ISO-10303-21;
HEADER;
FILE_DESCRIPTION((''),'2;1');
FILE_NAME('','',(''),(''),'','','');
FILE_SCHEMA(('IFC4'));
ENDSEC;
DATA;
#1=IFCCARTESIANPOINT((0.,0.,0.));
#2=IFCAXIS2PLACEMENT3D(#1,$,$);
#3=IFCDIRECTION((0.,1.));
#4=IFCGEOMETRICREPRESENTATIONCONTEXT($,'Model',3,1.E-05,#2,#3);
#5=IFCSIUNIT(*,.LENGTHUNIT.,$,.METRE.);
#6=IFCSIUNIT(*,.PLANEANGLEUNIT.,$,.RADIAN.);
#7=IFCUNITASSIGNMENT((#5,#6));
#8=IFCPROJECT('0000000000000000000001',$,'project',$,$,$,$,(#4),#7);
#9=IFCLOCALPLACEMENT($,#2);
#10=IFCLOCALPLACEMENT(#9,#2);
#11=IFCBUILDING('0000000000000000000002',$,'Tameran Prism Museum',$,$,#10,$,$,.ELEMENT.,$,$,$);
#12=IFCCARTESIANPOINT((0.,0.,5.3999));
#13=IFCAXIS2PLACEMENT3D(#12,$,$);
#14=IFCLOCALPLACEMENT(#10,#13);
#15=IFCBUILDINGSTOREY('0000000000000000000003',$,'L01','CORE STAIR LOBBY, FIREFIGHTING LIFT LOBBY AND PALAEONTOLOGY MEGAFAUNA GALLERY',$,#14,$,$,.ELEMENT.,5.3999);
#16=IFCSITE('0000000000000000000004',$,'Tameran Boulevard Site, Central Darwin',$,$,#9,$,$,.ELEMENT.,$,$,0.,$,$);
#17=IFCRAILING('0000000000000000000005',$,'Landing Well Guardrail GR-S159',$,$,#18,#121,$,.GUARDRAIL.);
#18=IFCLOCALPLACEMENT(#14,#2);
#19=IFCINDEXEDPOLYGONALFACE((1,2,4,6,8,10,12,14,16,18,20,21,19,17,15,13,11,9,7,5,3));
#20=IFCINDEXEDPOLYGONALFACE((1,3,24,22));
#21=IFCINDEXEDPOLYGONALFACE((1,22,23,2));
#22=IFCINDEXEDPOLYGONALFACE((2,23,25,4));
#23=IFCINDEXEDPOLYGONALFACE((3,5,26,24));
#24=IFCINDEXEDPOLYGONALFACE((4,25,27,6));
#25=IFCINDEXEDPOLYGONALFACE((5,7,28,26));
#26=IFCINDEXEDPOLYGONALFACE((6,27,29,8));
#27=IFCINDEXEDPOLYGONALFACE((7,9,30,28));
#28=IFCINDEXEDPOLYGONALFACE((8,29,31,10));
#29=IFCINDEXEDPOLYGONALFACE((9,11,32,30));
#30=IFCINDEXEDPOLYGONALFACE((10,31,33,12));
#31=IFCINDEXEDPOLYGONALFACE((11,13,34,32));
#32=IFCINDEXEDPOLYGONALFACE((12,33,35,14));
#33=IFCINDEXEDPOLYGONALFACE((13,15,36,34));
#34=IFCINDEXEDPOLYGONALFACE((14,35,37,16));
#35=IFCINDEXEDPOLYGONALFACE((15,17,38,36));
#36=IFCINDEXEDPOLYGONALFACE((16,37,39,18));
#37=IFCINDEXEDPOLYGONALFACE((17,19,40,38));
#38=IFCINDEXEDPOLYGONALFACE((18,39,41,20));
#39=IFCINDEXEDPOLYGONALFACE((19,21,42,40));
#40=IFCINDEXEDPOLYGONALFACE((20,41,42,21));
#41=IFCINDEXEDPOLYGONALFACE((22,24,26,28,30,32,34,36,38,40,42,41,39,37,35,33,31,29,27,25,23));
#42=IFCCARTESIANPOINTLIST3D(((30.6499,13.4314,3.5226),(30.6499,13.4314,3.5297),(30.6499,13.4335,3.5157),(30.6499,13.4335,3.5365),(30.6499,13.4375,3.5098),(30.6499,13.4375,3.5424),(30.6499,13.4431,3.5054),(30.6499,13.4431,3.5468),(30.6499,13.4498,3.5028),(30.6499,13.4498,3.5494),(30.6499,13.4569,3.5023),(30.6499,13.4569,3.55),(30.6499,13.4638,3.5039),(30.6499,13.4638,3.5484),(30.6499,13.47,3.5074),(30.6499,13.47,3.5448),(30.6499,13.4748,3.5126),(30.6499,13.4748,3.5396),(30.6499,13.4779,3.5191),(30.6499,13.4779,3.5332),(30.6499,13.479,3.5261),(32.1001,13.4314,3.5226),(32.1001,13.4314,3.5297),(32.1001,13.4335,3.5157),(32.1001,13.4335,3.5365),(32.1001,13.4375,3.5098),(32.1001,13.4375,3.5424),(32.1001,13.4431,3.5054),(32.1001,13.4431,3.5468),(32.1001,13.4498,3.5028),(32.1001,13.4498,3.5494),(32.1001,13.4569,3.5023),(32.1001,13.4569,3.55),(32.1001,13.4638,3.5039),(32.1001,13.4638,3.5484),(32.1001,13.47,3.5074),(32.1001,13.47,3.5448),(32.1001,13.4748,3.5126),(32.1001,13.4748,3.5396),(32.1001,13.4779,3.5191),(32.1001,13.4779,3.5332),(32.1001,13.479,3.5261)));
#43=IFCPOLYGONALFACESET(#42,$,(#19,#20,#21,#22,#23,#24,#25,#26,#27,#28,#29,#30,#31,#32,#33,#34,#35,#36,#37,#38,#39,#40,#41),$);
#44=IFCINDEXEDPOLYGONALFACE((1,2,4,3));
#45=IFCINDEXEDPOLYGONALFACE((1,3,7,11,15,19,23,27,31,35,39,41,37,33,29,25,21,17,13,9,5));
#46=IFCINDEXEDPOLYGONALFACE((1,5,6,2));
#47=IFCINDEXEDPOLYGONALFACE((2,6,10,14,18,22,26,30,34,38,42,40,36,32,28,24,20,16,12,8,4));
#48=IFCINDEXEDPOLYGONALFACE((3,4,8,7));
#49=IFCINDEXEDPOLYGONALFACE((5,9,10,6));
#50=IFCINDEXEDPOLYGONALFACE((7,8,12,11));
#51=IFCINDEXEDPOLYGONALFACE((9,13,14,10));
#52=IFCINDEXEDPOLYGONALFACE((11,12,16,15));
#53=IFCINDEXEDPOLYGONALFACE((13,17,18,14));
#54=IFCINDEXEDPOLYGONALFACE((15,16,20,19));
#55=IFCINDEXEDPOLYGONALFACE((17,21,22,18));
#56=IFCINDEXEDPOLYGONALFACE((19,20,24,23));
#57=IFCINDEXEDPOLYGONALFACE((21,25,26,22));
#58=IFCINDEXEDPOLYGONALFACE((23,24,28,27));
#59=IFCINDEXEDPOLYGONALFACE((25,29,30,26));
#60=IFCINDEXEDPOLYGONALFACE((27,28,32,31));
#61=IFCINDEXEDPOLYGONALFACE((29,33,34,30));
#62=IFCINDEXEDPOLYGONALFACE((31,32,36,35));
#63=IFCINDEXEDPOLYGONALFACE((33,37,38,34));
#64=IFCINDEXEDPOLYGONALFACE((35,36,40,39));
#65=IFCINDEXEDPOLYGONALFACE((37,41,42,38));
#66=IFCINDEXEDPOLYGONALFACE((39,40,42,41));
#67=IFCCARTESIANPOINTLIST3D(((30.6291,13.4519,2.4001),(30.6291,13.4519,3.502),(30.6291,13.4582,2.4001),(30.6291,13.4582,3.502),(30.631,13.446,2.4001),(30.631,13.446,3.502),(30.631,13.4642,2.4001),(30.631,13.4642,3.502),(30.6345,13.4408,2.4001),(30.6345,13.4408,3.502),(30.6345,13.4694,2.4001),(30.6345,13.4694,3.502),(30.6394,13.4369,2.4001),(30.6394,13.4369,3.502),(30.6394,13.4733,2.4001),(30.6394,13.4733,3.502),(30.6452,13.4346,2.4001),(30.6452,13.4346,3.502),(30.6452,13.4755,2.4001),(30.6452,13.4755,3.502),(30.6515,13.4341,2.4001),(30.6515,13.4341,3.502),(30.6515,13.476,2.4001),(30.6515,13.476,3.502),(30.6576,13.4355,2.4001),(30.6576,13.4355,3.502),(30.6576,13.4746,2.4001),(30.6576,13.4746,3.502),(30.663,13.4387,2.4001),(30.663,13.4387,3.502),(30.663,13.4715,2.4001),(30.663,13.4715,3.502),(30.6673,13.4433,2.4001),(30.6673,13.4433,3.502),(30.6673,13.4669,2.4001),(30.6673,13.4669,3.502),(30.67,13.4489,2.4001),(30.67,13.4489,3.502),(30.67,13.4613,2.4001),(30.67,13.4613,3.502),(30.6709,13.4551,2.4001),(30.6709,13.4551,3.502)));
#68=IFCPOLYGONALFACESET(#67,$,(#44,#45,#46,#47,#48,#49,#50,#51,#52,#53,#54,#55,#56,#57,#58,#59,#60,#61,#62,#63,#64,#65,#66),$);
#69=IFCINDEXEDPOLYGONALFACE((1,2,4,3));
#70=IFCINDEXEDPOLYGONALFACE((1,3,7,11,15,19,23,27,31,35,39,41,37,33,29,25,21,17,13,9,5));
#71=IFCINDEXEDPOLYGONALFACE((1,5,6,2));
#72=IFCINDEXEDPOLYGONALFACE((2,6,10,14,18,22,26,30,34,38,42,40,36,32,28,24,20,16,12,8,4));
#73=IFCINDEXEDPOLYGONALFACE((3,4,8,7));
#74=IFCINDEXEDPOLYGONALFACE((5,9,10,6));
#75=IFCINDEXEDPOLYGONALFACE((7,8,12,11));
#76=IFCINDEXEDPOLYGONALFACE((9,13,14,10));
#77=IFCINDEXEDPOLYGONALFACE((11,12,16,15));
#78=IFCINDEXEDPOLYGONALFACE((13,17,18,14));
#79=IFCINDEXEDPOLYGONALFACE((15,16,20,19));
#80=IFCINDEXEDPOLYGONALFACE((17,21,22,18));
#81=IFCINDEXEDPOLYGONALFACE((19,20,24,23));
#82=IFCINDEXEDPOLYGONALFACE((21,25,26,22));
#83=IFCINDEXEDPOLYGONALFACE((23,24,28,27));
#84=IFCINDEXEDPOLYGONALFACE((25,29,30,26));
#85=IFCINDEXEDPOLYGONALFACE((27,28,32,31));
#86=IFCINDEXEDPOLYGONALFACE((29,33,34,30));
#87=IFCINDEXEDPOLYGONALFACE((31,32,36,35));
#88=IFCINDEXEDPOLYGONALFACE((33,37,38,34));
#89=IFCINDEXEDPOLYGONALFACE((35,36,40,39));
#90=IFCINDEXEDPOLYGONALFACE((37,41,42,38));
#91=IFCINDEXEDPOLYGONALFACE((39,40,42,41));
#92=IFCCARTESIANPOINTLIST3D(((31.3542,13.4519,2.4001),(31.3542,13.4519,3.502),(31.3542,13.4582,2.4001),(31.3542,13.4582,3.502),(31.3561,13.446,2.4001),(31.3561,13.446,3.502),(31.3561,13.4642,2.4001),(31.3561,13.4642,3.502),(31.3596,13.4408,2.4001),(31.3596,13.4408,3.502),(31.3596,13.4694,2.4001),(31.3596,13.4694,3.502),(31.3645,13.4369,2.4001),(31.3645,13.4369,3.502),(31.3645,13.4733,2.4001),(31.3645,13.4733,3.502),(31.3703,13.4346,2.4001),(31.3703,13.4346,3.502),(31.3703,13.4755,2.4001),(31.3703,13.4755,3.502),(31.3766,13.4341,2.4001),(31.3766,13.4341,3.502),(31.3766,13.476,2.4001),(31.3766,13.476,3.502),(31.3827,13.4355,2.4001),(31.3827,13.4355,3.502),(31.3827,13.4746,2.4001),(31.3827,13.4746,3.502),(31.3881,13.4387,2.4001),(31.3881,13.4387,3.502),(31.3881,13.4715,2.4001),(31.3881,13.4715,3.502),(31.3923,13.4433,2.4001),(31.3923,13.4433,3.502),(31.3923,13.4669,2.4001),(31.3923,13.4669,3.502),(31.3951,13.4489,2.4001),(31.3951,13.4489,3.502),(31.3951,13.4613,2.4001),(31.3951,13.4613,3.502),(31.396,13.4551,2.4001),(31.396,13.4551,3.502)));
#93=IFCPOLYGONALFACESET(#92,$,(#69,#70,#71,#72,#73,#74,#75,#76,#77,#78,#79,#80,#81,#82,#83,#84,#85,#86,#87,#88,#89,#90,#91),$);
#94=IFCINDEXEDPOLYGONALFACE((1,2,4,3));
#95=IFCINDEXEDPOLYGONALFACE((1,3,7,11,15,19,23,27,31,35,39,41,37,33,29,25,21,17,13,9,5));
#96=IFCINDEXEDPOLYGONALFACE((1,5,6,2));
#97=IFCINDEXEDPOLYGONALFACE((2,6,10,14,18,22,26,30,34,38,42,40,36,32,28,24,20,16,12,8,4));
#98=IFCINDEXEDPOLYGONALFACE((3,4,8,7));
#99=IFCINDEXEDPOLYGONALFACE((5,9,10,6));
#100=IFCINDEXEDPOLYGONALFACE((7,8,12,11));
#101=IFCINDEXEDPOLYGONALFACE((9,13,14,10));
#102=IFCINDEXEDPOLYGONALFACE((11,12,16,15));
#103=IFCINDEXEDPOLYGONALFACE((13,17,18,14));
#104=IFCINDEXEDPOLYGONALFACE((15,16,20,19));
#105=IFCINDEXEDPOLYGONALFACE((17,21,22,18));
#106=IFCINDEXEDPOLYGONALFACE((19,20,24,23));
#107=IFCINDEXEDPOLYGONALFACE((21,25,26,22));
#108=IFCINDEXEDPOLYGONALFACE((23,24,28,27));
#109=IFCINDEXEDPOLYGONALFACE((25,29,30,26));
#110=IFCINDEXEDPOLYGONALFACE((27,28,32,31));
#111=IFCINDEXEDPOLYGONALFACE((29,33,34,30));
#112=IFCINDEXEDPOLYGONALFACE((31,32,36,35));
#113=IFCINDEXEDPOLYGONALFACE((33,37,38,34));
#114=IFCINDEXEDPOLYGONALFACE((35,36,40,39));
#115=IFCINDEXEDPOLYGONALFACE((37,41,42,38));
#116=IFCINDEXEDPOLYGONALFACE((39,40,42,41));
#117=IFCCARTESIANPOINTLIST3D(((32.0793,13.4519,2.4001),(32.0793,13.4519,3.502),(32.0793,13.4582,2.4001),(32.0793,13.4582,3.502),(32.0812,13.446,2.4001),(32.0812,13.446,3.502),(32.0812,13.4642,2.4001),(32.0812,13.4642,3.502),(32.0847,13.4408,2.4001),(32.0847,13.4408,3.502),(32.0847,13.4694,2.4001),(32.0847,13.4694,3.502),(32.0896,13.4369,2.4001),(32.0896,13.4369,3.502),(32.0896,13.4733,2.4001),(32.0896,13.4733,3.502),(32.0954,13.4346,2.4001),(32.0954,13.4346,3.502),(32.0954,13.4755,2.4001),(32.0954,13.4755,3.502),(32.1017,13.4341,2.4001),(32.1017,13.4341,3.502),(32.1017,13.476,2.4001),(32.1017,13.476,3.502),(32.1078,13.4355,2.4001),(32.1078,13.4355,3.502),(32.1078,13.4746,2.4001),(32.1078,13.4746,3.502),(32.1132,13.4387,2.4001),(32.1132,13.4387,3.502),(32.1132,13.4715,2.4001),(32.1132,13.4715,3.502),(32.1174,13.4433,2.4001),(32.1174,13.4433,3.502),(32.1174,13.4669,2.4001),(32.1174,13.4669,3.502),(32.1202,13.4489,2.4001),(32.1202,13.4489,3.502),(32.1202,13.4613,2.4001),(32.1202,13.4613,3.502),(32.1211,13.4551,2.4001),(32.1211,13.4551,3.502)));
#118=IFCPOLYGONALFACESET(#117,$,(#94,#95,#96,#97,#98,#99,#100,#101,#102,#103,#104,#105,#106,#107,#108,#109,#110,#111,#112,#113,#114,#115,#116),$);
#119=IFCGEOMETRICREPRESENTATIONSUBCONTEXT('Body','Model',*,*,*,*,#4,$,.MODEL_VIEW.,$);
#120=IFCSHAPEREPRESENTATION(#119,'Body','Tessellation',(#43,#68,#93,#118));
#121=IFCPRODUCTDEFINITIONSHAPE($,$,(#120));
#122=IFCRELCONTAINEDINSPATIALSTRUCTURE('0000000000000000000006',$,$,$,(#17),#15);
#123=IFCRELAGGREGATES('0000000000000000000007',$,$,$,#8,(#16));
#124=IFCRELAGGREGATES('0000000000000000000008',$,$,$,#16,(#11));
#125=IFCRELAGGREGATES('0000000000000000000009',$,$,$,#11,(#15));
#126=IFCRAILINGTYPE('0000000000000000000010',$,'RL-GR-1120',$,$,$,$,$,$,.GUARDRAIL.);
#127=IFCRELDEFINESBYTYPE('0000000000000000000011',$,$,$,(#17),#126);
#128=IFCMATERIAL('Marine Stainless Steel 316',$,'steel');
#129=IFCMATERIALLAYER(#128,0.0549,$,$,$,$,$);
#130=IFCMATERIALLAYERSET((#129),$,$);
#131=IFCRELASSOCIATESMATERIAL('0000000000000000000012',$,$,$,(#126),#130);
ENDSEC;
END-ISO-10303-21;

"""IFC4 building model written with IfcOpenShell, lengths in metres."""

from ifc_helpers import new_model, si_unit, direction, frame, origin, origin_2d, place, context, subcontext, project, spatial, circle, extrude, material, layer, layer_set, type_object, element, save


model = new_model("IFC4")

# Units and contexts
model_context = context("Model", 3, precision=1e-05, world=origin(), true_north=direction((0.0, 1.0)))
body_context = subcontext(model_context, "Body", "Model", "MODEL_VIEW")
ifc_project = project(units=[si_unit("LENGTHUNIT", "METRE"), si_unit("PLANEANGLEUNIT", "RADIAN")], contexts=[model_context])

# Site, building, storey
site_placement = place(None, origin())
site = spatial("IfcSite", under=ifc_project, at=site_placement, Name="Tameran Boulevard Site, Central Darwin", CompositionType="ELEMENT", RefElevation=0.0)
building_placement = place(site_placement, origin())
building = spatial("IfcBuilding", under=site, at=building_placement, Name="Tameran Prism Museum", CompositionType="ELEMENT")
storey_placement = place(building_placement, frame((0.0, 0.0, 5.3999)))
storey = spatial("IfcBuildingStorey", under=building, at=storey_placement, Name="L01", Description="CORE STAIR LOBBY, FIREFIGHTING LIFT LOBBY AND PALAEONTOLOGY MEGAFAUNA GALLERY", CompositionType="ELEMENT", Elevation=5.3999)

# Railing
ifc_material_1 = material(Name="Marine Stainless Steel 316", Category="steel")
ifc_layer_1 = layer(ifc_material_1, 0.0549)
ifc_layer_set_1 = layer_set([ifc_layer_1])
railing_type_1 = type_object("IfcRailingType", Name="RL-GR-1120", PredefinedType="GUARDRAIL", material=ifc_layer_set_1)
railing_1_placement = place(storey_placement, frame((30.6499, 13.4551, 2.4001)))
element("IfcRailing", 1, at=railing_1_placement, inside=storey, type_object=railing_type_1, Name="Landing Well Guardrail GR-S159", PredefinedType="GUARDRAIL", context=body_context, shape_type="SweptSolid", body=[
    extrude(circle(Radius=0.0239, at=origin_2d()), frame((0.0, 0.0, 1.126), z_axis=(1.0, 0.0, 0.0), x_axis=(0.0, 1.0, 0.0)), (0.0, 0.0, 1.0), 1.4502),
    extrude(circle(Radius=0.021, at=origin_2d()), origin(), (0.0, 0.0, 1.0), 1.1018),
    extrude(circle(Radius=0.021, at=origin_2d()), frame((0.7251, 0.0, 0.0)), (0.0, 0.0, 1.0), 1.1018),
    extrude(circle(Radius=0.021, at=origin_2d()), frame((1.4502, 0.0, 0.0)), (0.0, 0.0, 1.0), 1.1018),
])

save(model, "model.ifc")
